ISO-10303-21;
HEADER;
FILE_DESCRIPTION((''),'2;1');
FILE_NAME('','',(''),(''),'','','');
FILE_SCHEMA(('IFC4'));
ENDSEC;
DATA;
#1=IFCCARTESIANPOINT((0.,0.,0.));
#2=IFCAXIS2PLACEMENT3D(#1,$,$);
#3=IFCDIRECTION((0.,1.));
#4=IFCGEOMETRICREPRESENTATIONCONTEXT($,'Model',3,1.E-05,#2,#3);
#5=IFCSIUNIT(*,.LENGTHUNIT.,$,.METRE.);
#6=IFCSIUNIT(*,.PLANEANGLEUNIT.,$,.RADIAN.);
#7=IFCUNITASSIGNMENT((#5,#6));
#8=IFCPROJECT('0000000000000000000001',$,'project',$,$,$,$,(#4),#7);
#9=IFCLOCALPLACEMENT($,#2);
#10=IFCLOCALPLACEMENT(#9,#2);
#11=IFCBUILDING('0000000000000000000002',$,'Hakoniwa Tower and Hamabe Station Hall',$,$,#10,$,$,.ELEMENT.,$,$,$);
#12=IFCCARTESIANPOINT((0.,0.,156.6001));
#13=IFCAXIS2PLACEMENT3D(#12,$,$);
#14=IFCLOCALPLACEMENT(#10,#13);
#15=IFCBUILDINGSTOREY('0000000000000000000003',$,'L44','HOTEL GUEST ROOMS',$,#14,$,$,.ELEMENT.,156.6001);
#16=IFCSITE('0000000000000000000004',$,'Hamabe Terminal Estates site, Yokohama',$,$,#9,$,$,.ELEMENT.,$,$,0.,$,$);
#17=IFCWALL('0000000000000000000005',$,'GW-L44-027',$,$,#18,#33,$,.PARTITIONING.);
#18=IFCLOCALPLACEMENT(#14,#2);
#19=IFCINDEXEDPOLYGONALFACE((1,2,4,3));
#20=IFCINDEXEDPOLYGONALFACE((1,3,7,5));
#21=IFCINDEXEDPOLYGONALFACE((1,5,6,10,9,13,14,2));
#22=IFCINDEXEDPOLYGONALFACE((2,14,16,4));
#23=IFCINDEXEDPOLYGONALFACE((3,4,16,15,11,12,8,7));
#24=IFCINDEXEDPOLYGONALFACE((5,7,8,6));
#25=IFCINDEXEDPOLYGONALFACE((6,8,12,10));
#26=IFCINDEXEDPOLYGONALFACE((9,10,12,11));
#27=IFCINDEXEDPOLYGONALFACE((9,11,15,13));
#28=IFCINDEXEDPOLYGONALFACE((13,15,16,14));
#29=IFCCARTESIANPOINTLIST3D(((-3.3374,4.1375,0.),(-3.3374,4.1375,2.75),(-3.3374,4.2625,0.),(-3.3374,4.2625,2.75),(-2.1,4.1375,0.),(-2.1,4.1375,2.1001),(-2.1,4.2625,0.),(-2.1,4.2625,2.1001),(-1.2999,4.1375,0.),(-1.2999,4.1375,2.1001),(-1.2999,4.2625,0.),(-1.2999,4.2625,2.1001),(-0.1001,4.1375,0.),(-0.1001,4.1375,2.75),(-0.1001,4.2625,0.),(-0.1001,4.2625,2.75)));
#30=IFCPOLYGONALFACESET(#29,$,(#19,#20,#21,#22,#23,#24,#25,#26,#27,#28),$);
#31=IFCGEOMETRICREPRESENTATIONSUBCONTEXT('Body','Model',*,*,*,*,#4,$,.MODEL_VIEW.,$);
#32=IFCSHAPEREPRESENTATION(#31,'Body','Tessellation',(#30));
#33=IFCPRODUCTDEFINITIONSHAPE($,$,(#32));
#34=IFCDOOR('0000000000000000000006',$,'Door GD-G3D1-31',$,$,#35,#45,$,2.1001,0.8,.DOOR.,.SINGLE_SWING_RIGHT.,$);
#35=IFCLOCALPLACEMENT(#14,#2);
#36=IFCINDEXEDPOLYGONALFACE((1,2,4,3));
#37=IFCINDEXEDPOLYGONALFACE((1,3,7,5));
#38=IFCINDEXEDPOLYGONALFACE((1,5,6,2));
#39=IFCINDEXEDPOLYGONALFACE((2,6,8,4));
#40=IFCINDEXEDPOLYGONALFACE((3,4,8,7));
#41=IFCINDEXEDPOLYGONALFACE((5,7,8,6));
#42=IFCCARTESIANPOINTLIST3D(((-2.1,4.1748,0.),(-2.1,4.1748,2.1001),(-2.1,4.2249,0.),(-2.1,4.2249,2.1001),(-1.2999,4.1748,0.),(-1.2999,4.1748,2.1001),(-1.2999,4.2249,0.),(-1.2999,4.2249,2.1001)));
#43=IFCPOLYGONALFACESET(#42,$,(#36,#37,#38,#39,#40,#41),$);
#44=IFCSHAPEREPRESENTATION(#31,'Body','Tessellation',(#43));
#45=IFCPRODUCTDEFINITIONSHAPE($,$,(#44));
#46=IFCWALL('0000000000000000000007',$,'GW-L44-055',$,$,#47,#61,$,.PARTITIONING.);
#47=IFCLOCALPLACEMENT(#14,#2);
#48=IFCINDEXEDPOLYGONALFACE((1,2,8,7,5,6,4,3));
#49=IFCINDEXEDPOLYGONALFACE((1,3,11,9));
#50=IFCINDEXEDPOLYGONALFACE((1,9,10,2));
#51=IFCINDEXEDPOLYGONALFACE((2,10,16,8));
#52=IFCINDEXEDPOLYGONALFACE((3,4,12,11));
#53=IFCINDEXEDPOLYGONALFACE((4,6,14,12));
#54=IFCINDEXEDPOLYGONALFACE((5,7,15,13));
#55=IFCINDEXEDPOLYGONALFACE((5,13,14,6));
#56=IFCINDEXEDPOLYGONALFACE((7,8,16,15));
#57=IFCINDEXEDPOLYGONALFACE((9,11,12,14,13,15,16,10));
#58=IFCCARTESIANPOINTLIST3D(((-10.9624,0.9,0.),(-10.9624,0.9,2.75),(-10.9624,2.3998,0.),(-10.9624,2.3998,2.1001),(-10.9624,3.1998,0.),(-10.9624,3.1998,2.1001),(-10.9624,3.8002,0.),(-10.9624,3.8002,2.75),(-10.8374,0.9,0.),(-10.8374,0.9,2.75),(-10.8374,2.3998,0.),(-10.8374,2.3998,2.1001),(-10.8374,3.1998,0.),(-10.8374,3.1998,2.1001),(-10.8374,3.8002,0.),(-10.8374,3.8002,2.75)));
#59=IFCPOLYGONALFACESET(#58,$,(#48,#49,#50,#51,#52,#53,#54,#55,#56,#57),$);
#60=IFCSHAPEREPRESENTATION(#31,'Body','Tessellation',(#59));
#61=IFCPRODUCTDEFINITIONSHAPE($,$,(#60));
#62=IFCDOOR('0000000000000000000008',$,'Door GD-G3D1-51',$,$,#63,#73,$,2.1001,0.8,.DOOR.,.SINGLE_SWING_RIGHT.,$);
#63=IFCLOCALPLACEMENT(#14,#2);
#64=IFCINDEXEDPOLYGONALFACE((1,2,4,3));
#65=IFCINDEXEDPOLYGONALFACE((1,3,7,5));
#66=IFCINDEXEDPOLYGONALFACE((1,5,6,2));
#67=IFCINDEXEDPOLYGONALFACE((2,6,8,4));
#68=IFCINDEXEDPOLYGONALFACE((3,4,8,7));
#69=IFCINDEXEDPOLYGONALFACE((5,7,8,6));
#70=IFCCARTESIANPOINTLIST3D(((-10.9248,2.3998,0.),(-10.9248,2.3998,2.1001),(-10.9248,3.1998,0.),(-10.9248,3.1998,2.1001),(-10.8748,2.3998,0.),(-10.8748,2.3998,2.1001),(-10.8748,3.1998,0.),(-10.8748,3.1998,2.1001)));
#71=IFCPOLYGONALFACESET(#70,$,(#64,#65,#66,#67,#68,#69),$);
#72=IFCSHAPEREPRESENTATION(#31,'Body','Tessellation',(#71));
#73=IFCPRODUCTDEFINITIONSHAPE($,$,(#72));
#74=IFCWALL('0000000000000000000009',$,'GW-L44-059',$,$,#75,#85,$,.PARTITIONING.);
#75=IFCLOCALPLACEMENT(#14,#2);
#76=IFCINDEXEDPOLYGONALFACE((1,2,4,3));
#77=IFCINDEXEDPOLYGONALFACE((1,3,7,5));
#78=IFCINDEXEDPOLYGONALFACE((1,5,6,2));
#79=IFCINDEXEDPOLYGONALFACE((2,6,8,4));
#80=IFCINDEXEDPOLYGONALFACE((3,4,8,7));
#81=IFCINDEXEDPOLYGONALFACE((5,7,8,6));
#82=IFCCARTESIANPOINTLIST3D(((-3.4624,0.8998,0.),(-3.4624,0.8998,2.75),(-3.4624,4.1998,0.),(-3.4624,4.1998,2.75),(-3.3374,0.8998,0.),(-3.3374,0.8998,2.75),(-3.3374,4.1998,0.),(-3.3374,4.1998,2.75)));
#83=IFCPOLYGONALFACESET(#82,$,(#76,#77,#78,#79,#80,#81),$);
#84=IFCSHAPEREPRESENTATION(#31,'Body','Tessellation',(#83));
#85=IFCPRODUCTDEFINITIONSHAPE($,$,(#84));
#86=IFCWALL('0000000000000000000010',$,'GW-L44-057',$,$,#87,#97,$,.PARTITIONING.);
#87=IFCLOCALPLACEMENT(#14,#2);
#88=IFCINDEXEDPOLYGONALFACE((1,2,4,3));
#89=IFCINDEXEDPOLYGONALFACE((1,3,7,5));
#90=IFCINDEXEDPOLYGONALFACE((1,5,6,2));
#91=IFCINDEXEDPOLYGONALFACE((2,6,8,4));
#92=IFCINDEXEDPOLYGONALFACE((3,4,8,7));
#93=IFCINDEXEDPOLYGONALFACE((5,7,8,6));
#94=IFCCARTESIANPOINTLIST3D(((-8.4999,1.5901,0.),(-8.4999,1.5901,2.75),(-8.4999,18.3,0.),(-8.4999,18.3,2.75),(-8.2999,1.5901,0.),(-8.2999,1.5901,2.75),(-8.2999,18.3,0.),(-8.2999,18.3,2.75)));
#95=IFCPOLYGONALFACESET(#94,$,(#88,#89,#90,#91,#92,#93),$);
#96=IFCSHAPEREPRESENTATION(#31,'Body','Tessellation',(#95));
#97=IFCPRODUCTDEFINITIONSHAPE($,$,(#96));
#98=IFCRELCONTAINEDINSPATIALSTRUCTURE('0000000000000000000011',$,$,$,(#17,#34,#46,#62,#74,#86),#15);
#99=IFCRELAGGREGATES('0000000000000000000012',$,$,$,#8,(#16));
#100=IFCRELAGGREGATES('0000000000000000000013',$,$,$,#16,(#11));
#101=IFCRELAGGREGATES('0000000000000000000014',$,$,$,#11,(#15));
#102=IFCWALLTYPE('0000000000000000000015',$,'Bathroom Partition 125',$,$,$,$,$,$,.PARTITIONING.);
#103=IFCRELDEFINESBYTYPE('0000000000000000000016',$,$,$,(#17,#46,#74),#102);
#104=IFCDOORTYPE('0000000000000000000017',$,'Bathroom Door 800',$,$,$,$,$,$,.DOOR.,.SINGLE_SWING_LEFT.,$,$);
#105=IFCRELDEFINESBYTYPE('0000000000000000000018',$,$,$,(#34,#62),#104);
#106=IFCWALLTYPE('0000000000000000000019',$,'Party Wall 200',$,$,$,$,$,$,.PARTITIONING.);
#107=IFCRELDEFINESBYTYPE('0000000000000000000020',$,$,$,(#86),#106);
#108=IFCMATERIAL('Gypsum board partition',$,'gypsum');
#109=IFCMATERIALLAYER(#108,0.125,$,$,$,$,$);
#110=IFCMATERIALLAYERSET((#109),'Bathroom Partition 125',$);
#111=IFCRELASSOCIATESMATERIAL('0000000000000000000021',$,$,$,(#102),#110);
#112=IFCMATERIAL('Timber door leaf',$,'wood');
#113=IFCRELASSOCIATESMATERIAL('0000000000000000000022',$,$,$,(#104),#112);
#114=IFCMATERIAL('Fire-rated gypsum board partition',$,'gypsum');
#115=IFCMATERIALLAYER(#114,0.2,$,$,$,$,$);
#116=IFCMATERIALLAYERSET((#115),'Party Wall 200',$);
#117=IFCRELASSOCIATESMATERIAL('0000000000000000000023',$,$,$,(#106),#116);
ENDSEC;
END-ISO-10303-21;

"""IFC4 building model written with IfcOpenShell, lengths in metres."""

from ifc_helpers import new_model, si_unit, direction, frame, frame_2d, origin, place, context, subcontext, project, spatial, rectangle, extrude, material, layer, layer_set, type_object, element, fill, save


model = new_model("IFC4")

# Units and contexts
model_context = context("Model", 3, precision=1e-05, world=origin(), true_north=direction((0.0, 1.0)))
body_context = subcontext(model_context, "Body", "Model", "MODEL_VIEW")
ifc_project = project(units=[si_unit("LENGTHUNIT", "METRE"), si_unit("PLANEANGLEUNIT", "RADIAN")], contexts=[model_context])

# Site, building, storey
site_placement = place(None, origin())
site = spatial("IfcSite", under=ifc_project, at=site_placement, Name="Hamabe Terminal Estates site, Yokohama", CompositionType="ELEMENT", RefElevation=0.0)
building_placement = place(site_placement, origin())
building = spatial("IfcBuilding", under=site, at=building_placement, Name="Hakoniwa Tower and Hamabe Station Hall", CompositionType="ELEMENT")
storey_placement = place(building_placement, frame((0.0, 0.0, 156.6001)))
storey = spatial("IfcBuildingStorey", under=building, at=storey_placement, Name="L44", Description="HOTEL GUEST ROOMS", CompositionType="ELEMENT", Elevation=156.6001)

# Shared definitions
ifc_material_1 = material(Name="Gypsum board partition", Category="gypsum")
ifc_layer_1 = layer(ifc_material_1, 0.125)
ifc_layer_set_1 = layer_set([ifc_layer_1], Name="Bathroom Partition 125")
wall_type_1 = type_object("IfcWallType", Name="Bathroom Partition 125", PredefinedType="PARTITIONING", material=ifc_layer_set_1)

# Walls, openings, doors
wall_1_placement = place(storey_placement, frame((-3.3374, 4.2, 0.0), z_axis=(0.0, 0.0, 1.0), x_axis=(1.0, 0.0, 0.0)))
wall_1 = element("IfcWall", 1, at=wall_1_placement, inside=storey, type_object=wall_type_1, Name="GW-L44-027", PredefinedType="PARTITIONING", context=body_context, shape_type="SweptSolid", body=[
    extrude(rectangle(XDim=3.2373, YDim=0.125, at=frame_2d((1.6187, 0.0))), origin(), (0.0, 0.0, 1.0), 2.75),
])
opening_1_placement = place(wall_1_placement, frame((1.2375, 0.0, 0.0)))
opening_1 = element("IfcOpeningElement", 2, at=opening_1_placement, cuts=wall_1, PredefinedType="OPENING", context=body_context, shape_type="SweptSolid", body=[
    extrude(rectangle(XDim=0.8, YDim=2.1001, at=frame_2d((0.3999, 1.05))), frame((0.0, 0.0725, 0.0), z_axis=(0.0, -1.0, 0.0), x_axis=(1.0, 0.0, 0.0)), (0.0, 0.0, 1.0), 0.145),
])
ifc_material_2 = material(Name="Timber door leaf", Category="wood")
door_type = type_object("IfcDoorType", Name="Bathroom Door 800", OperationType="SINGLE_SWING_LEFT", PredefinedType="DOOR", material=ifc_material_2)
door_1_placement = place(opening_1_placement, origin())
door_1 = element("IfcDoor", 3, at=door_1_placement, inside=storey, type_object=door_type, Name="Door GD-G3D1-31", OperationType="SINGLE_SWING_RIGHT", OverallHeight=2.1001, OverallWidth=0.8, PredefinedType="DOOR", context=body_context, shape_type="SweptSolid", body=[
    extrude(rectangle(XDim=0.8, YDim=2.1001, at=frame_2d((0.3999, 1.05))), frame((0.0, 0.0249, 0.0), z_axis=(0.0, -1.0, 0.0), x_axis=(1.0, 0.0, 0.0)), (0.0, 0.0, 1.0), 0.05),
])
fill(opening_1, door_1)
wall_2_placement = place(storey_placement, frame((-10.8999, 0.8999, 0.0), z_axis=(0.0, 0.0, 1.0), x_axis=(0.0, 1.0, 0.0)))
wall_2 = element("IfcWall", 4, at=wall_2_placement, inside=storey, type_object=wall_type_1, Name="GW-L44-055", PredefinedType="PARTITIONING", context=body_context, shape_type="SweptSolid", body=[
    extrude(rectangle(XDim=2.9001, YDim=0.125, at=frame_2d((1.4502, 0.0))), origin(), (0.0, 0.0, 1.0), 2.75),
])
opening_2_placement = place(wall_2_placement, frame((1.5, 0.0, 0.0)))
opening_2 = element("IfcOpeningElement", 5, at=opening_2_placement, cuts=wall_2, PredefinedType="OPENING", context=body_context, shape_type="SweptSolid", body=[
    extrude(rectangle(XDim=0.8, YDim=2.1001, at=frame_2d((0.3999, 1.05))), frame((0.0, 0.0725, 0.0), z_axis=(0.0, -1.0, 0.0), x_axis=(1.0, 0.0, 0.0)), (0.0, 0.0, 1.0), 0.145),
])
door_2_placement = place(opening_2_placement, origin())
door_2 = element("IfcDoor", 6, at=door_2_placement, inside=storey, type_object=door_type, Name="Door GD-G3D1-51", OperationType="SINGLE_SWING_RIGHT", OverallHeight=2.1001, OverallWidth=0.8, PredefinedType="DOOR", context=body_context, shape_type="SweptSolid", body=[
    extrude(rectangle(XDim=0.8, YDim=2.1001, at=frame_2d((0.3999, 1.05))), frame((0.0, 0.0249, 0.0), z_axis=(0.0, -1.0, 0.0), x_axis=(1.0, 0.0, 0.0)), (0.0, 0.0, 1.0), 0.05),
])
fill(opening_2, door_2)

# Walls
wall_3_placement = place(storey_placement, frame((-3.3999, 0.8999, 0.0), z_axis=(0.0, 0.0, 1.0), x_axis=(0.0, 1.0, 0.0)))
element("IfcWall", 7, at=wall_3_placement, inside=storey, type_object=wall_type_1, Name="GW-L44-059", PredefinedType="PARTITIONING", context=body_context, shape_type="SweptSolid", body=[
    extrude(rectangle(XDim=3.3, YDim=0.125, at=frame_2d((1.6499, 0.0))), origin(), (0.0, 0.0, 1.0), 2.75),
])
ifc_material_3 = material(Name="Fire-rated gypsum board partition", Category="gypsum")
ifc_layer_2 = layer(ifc_material_3, 0.2)
ifc_layer_set_2 = layer_set([ifc_layer_2], Name="Party Wall 200")
wall_type_2 = type_object("IfcWallType", Name="Party Wall 200", PredefinedType="PARTITIONING", material=ifc_layer_set_2)
wall_4_placement = place(storey_placement, frame((-8.3999, 1.5901, 0.0), z_axis=(0.0, 0.0, 1.0), x_axis=(0.0, 1.0, 0.0)))
element("IfcWall", 8, at=wall_4_placement, inside=storey, type_object=wall_type_2, Name="GW-L44-057", PredefinedType="PARTITIONING", context=body_context, shape_type="SweptSolid", body=[
    extrude(rectangle(XDim=16.71, YDim=0.2, at=frame_2d((8.355, 0.0))), origin(), (0.0, 0.0, 1.0), 2.75),
])

save(model, "model.ifc")
